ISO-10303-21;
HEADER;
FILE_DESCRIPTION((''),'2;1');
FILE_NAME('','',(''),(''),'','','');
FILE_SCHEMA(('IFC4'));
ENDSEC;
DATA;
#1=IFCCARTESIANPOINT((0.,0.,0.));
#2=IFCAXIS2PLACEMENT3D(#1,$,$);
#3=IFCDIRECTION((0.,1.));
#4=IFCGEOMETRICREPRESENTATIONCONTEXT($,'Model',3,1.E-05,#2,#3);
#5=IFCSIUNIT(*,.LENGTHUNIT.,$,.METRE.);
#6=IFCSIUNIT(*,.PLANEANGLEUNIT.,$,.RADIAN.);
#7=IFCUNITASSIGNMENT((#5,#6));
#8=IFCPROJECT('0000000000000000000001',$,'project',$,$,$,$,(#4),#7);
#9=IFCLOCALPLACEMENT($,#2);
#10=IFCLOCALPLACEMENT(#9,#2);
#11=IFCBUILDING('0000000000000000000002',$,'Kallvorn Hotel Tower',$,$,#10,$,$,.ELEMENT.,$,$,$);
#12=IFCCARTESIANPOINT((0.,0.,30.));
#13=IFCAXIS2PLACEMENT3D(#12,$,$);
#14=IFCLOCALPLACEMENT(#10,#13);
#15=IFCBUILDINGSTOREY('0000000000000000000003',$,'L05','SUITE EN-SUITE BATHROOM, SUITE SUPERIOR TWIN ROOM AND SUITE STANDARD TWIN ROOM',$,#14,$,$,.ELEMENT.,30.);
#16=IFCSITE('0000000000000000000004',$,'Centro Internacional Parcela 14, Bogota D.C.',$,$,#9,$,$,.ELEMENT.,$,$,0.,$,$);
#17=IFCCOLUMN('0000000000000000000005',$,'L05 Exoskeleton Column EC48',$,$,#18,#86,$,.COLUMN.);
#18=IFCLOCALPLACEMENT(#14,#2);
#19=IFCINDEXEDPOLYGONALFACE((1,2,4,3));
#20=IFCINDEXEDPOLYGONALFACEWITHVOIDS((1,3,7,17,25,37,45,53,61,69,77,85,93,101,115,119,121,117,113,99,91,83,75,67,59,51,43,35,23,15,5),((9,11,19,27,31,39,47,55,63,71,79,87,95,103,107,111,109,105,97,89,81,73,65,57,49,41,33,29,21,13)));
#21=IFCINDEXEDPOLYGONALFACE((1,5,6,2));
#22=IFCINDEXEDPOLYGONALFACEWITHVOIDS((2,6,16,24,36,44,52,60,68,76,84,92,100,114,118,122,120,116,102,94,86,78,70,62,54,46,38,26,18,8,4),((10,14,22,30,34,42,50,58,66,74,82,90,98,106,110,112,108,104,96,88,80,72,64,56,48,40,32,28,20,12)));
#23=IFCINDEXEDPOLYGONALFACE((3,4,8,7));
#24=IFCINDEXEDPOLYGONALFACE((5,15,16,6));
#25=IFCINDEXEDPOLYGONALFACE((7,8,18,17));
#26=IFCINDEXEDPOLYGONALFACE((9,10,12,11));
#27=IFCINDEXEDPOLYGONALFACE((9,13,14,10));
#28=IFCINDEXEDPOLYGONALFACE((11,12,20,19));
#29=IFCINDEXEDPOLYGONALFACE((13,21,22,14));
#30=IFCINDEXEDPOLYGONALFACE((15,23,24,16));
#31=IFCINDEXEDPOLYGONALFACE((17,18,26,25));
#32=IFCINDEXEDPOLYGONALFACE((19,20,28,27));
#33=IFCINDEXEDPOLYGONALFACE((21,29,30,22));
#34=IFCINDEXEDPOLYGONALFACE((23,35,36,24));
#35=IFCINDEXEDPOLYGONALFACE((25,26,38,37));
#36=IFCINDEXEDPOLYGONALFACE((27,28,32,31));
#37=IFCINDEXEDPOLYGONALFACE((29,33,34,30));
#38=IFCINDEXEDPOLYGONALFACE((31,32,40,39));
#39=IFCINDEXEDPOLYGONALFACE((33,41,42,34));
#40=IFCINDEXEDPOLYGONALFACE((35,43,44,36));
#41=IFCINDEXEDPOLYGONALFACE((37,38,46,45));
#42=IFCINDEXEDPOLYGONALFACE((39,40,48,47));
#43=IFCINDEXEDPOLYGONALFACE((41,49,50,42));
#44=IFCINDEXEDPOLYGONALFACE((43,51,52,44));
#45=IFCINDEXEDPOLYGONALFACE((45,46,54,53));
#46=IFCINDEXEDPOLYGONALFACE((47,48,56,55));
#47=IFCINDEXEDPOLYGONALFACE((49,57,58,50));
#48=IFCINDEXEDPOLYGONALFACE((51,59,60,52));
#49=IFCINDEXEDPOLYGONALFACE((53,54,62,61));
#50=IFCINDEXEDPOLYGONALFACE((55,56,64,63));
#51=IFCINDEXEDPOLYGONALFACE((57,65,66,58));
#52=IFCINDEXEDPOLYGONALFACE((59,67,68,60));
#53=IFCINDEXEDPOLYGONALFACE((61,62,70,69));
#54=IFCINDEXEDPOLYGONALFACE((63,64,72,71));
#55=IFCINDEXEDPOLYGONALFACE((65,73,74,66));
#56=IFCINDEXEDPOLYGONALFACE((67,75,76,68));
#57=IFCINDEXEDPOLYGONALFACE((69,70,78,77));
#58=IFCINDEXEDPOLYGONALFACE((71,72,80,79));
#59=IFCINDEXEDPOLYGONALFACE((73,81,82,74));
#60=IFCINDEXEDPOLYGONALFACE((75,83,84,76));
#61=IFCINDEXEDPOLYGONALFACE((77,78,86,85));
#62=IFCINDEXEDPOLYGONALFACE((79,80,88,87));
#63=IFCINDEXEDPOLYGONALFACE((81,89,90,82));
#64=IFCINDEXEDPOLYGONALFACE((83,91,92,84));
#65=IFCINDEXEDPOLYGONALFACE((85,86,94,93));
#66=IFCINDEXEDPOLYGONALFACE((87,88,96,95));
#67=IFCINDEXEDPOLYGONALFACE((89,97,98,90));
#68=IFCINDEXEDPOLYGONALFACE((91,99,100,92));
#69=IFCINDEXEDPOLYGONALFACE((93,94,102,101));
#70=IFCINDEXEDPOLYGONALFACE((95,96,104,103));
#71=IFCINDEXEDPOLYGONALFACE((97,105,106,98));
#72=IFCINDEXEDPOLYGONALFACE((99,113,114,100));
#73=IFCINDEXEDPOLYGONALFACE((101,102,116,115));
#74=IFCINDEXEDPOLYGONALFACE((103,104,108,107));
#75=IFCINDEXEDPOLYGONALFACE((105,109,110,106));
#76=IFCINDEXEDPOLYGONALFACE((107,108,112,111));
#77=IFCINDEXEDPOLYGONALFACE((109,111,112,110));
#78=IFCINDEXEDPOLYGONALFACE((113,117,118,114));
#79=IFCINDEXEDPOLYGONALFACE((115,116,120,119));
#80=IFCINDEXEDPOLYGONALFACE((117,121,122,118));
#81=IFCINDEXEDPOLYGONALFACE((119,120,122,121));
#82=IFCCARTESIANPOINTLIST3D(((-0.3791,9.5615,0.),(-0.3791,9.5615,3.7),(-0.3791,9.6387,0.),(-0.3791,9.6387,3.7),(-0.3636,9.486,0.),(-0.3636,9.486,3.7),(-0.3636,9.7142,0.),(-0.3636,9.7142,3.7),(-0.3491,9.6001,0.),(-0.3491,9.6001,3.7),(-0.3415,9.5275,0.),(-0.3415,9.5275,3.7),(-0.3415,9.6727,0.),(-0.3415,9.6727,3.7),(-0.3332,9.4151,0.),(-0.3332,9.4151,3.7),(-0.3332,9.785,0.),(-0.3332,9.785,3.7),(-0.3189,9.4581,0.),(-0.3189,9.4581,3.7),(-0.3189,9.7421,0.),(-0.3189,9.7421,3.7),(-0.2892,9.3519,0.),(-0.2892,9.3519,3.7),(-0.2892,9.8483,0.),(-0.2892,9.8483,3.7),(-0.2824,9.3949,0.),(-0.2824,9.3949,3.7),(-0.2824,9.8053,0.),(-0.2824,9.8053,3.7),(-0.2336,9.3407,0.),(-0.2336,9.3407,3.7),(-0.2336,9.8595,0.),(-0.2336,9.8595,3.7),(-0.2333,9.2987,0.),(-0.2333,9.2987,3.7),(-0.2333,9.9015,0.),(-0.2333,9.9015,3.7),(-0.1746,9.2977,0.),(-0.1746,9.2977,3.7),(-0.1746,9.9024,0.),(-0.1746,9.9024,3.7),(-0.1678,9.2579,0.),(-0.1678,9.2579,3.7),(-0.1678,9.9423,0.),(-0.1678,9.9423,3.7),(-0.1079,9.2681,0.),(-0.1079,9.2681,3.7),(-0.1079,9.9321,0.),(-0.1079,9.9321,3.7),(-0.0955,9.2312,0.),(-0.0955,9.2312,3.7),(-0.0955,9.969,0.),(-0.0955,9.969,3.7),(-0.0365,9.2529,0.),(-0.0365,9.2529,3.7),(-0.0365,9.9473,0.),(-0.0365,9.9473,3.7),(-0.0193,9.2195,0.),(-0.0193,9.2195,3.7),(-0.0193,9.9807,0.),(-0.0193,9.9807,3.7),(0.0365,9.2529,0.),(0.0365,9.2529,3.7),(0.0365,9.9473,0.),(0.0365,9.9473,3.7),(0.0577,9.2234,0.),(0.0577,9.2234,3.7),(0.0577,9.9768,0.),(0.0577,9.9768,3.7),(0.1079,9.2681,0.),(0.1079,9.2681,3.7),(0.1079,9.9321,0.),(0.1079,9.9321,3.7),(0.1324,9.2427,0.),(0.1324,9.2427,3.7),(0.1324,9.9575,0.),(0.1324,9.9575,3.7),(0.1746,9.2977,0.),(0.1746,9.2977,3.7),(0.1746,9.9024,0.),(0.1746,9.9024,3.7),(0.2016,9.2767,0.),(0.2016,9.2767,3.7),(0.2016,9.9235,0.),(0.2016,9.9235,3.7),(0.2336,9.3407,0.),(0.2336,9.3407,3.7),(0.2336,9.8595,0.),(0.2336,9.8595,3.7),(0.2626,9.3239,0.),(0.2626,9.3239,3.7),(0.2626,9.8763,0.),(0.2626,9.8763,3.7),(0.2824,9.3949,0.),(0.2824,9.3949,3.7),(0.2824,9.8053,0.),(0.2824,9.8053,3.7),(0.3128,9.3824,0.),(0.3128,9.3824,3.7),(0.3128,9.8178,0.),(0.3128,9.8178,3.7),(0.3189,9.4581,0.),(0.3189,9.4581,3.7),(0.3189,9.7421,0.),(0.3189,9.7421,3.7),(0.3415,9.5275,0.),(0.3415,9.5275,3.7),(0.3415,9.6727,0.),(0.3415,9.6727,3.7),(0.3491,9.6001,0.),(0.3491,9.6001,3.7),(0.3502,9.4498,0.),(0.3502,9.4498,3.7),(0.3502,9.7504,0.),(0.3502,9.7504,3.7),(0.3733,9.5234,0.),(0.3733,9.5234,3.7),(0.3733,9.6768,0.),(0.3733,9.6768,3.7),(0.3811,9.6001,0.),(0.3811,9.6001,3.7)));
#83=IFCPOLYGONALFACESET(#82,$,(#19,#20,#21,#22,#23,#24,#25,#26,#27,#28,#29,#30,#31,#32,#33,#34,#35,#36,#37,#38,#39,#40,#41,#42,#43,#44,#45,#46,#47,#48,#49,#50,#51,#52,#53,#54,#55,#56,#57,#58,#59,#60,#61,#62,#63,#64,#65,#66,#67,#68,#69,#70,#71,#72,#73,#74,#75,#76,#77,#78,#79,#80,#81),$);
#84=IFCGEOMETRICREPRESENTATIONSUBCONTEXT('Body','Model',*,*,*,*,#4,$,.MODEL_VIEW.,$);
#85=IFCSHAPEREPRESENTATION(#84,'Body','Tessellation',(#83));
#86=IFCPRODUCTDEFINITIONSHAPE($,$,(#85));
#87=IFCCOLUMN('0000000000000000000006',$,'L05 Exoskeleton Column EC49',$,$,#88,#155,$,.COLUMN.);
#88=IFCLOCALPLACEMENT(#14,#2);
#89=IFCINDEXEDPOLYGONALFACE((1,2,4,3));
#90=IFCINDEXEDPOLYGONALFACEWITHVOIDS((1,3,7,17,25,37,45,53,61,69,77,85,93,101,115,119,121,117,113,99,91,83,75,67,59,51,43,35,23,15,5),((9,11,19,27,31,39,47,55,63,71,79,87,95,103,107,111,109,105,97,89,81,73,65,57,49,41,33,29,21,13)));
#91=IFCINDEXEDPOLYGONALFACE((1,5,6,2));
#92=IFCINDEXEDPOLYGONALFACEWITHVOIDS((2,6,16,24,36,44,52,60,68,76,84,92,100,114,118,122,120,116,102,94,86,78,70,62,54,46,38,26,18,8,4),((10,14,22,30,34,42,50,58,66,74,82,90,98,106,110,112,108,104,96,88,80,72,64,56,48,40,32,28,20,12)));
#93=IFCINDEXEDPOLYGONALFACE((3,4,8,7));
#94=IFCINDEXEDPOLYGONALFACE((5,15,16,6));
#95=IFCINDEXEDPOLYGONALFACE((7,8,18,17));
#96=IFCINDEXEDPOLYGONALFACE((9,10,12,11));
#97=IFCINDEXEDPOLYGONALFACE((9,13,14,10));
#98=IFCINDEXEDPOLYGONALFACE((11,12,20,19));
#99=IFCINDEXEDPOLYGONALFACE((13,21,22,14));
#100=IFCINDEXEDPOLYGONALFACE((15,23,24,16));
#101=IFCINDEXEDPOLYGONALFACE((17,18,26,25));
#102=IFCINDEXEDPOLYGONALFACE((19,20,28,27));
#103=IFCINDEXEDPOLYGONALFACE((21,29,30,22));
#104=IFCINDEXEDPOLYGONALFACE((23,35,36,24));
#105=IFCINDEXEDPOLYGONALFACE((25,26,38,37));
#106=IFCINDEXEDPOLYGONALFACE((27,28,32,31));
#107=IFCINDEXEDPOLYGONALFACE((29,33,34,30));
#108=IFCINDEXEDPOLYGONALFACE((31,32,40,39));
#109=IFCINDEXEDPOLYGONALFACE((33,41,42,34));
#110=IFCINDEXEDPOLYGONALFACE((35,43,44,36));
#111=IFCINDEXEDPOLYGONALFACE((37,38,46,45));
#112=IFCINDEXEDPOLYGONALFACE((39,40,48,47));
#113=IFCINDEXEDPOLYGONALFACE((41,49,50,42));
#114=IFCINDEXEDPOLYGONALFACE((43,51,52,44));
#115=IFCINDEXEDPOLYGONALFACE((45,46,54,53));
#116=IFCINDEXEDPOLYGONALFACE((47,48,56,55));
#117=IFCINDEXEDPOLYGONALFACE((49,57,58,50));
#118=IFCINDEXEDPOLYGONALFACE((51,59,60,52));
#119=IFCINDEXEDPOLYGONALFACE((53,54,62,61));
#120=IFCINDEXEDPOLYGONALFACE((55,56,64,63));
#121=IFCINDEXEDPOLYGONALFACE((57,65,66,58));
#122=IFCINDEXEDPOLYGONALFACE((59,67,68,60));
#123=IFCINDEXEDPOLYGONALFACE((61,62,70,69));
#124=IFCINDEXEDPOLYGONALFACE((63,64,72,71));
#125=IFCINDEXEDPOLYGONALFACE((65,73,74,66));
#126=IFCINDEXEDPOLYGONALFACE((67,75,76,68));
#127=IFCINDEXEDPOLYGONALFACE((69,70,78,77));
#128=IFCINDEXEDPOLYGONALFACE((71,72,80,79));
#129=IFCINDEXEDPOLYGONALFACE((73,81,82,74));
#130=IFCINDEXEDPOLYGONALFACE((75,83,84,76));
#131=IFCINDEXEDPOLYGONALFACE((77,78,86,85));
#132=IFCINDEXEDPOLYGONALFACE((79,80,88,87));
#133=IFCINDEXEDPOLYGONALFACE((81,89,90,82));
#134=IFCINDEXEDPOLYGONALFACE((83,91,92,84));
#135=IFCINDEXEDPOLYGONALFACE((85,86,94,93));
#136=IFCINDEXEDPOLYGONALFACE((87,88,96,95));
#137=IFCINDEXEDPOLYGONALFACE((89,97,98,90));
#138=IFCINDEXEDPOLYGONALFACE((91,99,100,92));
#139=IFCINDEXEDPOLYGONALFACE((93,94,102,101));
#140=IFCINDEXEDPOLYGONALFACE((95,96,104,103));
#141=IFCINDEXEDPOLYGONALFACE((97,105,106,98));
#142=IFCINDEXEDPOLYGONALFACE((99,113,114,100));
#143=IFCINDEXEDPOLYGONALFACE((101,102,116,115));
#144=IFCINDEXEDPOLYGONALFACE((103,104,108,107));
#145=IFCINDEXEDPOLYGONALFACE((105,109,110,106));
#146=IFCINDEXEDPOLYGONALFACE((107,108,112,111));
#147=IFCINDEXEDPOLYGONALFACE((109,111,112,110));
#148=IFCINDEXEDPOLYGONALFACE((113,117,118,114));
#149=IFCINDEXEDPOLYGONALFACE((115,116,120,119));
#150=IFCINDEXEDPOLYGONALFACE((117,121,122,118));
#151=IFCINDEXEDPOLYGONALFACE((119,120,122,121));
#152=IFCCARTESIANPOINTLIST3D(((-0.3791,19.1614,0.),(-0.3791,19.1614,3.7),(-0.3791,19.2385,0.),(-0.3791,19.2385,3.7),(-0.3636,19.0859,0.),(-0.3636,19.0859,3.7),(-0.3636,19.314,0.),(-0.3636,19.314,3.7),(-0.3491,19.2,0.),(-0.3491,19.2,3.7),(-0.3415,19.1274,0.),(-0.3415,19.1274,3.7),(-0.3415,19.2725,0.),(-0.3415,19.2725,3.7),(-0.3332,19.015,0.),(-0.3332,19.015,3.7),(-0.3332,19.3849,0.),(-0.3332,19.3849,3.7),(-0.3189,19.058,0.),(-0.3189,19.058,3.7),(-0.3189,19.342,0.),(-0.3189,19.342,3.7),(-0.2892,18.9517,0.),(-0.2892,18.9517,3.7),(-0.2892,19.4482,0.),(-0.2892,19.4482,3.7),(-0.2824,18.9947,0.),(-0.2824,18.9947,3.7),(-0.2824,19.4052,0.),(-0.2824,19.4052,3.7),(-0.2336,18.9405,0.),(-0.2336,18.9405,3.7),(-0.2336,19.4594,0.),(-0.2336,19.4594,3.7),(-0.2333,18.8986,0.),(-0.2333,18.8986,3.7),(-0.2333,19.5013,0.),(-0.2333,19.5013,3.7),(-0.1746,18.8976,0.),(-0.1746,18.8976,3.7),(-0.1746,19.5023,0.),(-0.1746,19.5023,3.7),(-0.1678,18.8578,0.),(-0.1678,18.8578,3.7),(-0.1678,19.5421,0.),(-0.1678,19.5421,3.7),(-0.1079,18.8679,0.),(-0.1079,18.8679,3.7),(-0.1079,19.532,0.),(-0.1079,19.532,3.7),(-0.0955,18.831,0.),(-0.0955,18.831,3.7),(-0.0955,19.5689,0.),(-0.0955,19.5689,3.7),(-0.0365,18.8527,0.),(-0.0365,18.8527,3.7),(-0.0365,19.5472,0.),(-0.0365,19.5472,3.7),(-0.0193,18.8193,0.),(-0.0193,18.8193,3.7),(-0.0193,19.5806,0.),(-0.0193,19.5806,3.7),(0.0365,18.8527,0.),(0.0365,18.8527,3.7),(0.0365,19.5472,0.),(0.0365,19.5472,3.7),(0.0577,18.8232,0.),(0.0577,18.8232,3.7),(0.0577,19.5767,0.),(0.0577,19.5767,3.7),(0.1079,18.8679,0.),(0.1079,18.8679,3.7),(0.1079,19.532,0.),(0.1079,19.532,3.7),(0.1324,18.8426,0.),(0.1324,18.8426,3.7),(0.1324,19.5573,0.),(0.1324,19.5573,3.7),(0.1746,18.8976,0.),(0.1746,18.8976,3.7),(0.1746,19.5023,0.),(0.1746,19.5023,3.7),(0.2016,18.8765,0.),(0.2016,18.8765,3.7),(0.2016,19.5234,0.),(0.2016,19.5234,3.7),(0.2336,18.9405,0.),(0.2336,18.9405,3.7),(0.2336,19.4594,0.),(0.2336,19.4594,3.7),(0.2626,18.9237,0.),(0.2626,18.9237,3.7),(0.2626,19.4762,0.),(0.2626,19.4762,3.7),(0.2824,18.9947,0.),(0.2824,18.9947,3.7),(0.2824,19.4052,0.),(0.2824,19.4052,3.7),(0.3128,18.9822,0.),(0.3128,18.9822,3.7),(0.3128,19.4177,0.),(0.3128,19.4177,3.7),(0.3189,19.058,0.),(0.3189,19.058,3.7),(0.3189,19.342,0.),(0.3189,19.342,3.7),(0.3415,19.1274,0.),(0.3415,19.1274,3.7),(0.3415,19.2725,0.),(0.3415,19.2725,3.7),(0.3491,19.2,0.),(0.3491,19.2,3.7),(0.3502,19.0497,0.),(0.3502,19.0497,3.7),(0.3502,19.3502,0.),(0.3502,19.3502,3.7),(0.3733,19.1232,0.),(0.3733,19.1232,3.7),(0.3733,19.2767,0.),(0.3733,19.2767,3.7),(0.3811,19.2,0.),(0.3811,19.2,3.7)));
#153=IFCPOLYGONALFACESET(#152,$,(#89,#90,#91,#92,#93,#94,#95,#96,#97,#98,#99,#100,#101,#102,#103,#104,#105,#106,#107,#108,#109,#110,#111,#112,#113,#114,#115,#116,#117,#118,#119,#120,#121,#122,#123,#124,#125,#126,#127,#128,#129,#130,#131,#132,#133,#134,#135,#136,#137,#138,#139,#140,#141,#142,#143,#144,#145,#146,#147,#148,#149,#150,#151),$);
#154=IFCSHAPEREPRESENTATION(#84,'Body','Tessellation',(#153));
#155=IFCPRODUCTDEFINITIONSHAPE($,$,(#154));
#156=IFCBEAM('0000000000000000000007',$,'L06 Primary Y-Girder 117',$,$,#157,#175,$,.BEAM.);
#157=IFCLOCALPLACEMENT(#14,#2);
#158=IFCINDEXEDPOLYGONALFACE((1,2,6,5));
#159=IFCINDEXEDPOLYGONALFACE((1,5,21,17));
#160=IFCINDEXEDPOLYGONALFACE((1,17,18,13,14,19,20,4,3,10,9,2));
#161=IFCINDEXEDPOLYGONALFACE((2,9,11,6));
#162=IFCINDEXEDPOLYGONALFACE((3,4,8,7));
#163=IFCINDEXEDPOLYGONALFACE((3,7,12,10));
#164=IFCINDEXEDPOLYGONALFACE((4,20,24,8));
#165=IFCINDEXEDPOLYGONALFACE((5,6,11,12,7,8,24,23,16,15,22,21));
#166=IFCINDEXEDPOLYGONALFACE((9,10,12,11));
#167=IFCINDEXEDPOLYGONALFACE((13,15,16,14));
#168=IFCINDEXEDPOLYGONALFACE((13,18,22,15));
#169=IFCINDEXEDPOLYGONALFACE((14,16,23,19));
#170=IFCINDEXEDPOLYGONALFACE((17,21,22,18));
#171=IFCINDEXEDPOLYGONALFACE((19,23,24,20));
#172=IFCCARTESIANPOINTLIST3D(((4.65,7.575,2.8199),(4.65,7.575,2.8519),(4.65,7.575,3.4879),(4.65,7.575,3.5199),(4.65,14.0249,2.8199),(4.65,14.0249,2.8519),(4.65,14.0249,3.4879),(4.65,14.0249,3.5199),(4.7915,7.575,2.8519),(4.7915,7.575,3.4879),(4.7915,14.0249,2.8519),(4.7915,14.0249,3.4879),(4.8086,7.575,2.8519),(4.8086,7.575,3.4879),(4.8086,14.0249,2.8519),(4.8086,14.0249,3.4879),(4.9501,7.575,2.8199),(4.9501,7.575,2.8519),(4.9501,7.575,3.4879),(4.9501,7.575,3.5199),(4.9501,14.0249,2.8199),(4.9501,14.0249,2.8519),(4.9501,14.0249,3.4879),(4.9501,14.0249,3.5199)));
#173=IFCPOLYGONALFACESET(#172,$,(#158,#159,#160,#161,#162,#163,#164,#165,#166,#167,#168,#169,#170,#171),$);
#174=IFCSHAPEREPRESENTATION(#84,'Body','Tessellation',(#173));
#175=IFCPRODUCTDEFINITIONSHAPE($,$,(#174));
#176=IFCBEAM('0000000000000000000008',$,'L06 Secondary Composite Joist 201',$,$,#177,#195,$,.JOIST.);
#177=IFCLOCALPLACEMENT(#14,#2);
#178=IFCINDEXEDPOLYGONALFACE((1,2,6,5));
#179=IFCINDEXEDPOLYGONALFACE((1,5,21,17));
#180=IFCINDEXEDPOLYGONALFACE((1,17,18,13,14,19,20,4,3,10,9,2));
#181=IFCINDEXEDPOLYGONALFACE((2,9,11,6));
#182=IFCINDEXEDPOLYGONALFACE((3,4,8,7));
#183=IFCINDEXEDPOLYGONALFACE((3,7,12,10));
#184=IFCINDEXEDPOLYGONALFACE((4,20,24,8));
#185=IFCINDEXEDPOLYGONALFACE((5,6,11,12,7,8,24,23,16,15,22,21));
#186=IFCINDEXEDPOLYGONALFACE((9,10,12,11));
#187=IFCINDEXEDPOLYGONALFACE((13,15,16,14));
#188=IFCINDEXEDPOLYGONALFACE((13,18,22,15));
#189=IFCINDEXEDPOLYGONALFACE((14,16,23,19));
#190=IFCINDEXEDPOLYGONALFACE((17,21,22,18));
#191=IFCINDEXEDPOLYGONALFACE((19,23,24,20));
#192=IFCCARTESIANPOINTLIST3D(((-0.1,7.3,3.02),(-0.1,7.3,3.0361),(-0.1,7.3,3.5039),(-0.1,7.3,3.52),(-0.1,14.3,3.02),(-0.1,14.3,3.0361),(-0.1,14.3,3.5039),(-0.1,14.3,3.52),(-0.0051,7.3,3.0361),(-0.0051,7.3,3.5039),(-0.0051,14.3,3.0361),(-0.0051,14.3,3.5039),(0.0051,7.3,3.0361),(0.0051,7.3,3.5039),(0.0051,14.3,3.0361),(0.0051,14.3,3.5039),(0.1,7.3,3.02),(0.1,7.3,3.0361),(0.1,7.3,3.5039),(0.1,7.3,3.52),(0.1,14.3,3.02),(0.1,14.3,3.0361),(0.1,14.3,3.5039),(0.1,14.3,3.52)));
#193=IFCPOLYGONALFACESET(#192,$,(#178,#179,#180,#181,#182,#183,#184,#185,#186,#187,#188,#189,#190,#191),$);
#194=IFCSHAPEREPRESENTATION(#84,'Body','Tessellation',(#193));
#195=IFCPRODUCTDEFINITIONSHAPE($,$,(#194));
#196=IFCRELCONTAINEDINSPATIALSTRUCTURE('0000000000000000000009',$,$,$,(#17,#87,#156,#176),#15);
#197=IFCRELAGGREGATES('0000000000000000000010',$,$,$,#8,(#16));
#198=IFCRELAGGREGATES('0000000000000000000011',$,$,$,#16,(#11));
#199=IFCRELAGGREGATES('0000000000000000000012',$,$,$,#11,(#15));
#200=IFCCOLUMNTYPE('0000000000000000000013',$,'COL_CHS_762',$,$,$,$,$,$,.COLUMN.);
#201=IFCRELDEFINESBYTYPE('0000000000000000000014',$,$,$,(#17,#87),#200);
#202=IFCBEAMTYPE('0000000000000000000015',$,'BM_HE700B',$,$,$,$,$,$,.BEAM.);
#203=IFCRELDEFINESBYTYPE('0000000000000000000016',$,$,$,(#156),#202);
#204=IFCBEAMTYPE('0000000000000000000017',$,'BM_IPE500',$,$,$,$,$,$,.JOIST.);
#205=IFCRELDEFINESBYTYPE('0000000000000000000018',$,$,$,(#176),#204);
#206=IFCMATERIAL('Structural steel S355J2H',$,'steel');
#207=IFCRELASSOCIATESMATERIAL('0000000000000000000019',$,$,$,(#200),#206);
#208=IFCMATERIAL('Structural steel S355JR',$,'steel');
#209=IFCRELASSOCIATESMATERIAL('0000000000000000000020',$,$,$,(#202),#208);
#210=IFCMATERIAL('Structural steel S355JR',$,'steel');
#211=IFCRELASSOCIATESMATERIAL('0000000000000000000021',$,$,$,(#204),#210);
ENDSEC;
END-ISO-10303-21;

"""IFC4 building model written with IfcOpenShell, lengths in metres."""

from ifc_helpers import new_model, si_unit, direction, frame, origin, origin_2d, place, context, subcontext, project, spatial, hollow_circle, i_section, extrude, material, material_profile, profile_set, type_object, element, save


model = new_model("IFC4")

# Units and contexts
model_context = context("Model", 3, precision=1e-05, world=origin(), true_north=direction((0.0, 1.0)))
body_context = subcontext(model_context, "Body", "Model", "MODEL_VIEW")
ifc_project = project(units=[si_unit("LENGTHUNIT", "METRE"), si_unit("PLANEANGLEUNIT", "RADIAN")], contexts=[model_context])

# Site, building, storey
site_placement = place(None, origin())
site = spatial("IfcSite", under=ifc_project, at=site_placement, Name="Centro Internacional Parcela 14, Bogota D.C.", CompositionType="ELEMENT", RefElevation=0.0)
building_placement = place(site_placement, origin())
building = spatial("IfcBuilding", under=site, at=building_placement, Name="Kallvorn Hotel Tower", CompositionType="ELEMENT")
storey_placement = place(building_placement, frame((0.0, 0.0, 30.0)))
storey = spatial("IfcBuildingStorey", under=building, at=storey_placement, Name="L05", Description="SUITE EN-SUITE BATHROOM, SUITE SUPERIOR TWIN ROOM AND SUITE STANDARD TWIN ROOM", CompositionType="ELEMENT", Elevation=30.0)

# Columns
ifc_material_1 = material(Name="Structural steel S355J2H", Category="steel")
ifc_material_profile_1 = material_profile(ifc_material_1, hollow_circle(Radius=0.3811, WallThickness=0.032, at=origin_2d()), Name="CHS 762x32")
ifc_profile_set_1 = profile_set([ifc_material_profile_1], Name="Structural steel S355J2H")
column_type = type_object("IfcColumnType", Name="COL_CHS_762", PredefinedType="COLUMN", material=ifc_profile_set_1)
for number, where, z_axis, x_axis, name in (
    (1, (0.0, 9.6001, 0.0), (0.0, 0.0, 1.0), (1.0, 0.0, 0.0), "L05 Exoskeleton Column EC48"),
    (2, (0.0, 19.2, 0.0), (0.0, 0.0, 1.0), (1.0, 0.0, 0.0), "L05 Exoskeleton Column EC49"),
):
    element("IfcColumn", number, at=place(storey_placement, frame(where, z_axis=z_axis, x_axis=x_axis)), inside=storey, type_object=column_type, Name=name, PredefinedType="COLUMN", context=body_context, shape_type="SweptSolid", body=[
        extrude(hollow_circle(Radius=0.3811, WallThickness=0.032, at=origin_2d()), origin(), (0.0, 0.0, 1.0), 3.7),
    ])

# Beams
ifc_material_2 = material(Name="Structural steel S355JR", Category="steel")
ifc_material_profile_2 = material_profile(ifc_material_2, i_section(OverallWidth=0.3, OverallDepth=0.7, WebThickness=0.0171, FlangeThickness=0.032, at=origin_2d()), Name="HE 700 B")
ifc_profile_set_2 = profile_set([ifc_material_profile_2], Name="Structural steel S355JR")
beam_type_1 = type_object("IfcBeamType", Name="BM_HE700B", PredefinedType="BEAM", material=ifc_profile_set_2)
beam_1_placement = place(storey_placement, frame((4.8, 7.575, 3.1699), z_axis=(0.0, 1.0, 0.0), x_axis=(-1.0, 0.0, 0.0)))
element("IfcBeam", 3, at=beam_1_placement, inside=storey, type_object=beam_type_1, Name="L06 Primary Y-Girder 117", PredefinedType="BEAM", context=body_context, shape_type="SweptSolid", body=[
    extrude(i_section(OverallWidth=0.3, OverallDepth=0.7, WebThickness=0.0171, FlangeThickness=0.032, at=origin_2d()), origin(), (0.0, 0.0, 1.0), 6.45),
])
ifc_material_3 = material(Name="Structural steel S355JR", Category="steel")
ifc_material_profile_3 = material_profile(ifc_material_3, i_section(OverallWidth=0.2, OverallDepth=0.5, WebThickness=0.0103, FlangeThickness=0.0161, at=origin_2d()), Name="IPE 500")
ifc_profile_set_3 = profile_set([ifc_material_profile_3], Name="Structural steel S355JR")
beam_type_2 = type_object("IfcBeamType", Name="BM_IPE500", PredefinedType="JOIST", material=ifc_profile_set_3)
beam_2_placement = place(storey_placement, frame((0.0, 7.3, 3.27), z_axis=(0.0, 1.0, 0.0), x_axis=(-1.0, 0.0, 0.0)))
element("IfcBeam", 4, at=beam_2_placement, inside=storey, type_object=beam_type_2, Name="L06 Secondary Composite Joist 201", PredefinedType="JOIST", context=body_context, shape_type="SweptSolid", body=[
    extrude(i_section(OverallWidth=0.2, OverallDepth=0.5, WebThickness=0.0103, FlangeThickness=0.0161, at=origin_2d()), origin(), (0.0, 0.0, 1.0), 7.0),
])

save(model, "model.ifc")
